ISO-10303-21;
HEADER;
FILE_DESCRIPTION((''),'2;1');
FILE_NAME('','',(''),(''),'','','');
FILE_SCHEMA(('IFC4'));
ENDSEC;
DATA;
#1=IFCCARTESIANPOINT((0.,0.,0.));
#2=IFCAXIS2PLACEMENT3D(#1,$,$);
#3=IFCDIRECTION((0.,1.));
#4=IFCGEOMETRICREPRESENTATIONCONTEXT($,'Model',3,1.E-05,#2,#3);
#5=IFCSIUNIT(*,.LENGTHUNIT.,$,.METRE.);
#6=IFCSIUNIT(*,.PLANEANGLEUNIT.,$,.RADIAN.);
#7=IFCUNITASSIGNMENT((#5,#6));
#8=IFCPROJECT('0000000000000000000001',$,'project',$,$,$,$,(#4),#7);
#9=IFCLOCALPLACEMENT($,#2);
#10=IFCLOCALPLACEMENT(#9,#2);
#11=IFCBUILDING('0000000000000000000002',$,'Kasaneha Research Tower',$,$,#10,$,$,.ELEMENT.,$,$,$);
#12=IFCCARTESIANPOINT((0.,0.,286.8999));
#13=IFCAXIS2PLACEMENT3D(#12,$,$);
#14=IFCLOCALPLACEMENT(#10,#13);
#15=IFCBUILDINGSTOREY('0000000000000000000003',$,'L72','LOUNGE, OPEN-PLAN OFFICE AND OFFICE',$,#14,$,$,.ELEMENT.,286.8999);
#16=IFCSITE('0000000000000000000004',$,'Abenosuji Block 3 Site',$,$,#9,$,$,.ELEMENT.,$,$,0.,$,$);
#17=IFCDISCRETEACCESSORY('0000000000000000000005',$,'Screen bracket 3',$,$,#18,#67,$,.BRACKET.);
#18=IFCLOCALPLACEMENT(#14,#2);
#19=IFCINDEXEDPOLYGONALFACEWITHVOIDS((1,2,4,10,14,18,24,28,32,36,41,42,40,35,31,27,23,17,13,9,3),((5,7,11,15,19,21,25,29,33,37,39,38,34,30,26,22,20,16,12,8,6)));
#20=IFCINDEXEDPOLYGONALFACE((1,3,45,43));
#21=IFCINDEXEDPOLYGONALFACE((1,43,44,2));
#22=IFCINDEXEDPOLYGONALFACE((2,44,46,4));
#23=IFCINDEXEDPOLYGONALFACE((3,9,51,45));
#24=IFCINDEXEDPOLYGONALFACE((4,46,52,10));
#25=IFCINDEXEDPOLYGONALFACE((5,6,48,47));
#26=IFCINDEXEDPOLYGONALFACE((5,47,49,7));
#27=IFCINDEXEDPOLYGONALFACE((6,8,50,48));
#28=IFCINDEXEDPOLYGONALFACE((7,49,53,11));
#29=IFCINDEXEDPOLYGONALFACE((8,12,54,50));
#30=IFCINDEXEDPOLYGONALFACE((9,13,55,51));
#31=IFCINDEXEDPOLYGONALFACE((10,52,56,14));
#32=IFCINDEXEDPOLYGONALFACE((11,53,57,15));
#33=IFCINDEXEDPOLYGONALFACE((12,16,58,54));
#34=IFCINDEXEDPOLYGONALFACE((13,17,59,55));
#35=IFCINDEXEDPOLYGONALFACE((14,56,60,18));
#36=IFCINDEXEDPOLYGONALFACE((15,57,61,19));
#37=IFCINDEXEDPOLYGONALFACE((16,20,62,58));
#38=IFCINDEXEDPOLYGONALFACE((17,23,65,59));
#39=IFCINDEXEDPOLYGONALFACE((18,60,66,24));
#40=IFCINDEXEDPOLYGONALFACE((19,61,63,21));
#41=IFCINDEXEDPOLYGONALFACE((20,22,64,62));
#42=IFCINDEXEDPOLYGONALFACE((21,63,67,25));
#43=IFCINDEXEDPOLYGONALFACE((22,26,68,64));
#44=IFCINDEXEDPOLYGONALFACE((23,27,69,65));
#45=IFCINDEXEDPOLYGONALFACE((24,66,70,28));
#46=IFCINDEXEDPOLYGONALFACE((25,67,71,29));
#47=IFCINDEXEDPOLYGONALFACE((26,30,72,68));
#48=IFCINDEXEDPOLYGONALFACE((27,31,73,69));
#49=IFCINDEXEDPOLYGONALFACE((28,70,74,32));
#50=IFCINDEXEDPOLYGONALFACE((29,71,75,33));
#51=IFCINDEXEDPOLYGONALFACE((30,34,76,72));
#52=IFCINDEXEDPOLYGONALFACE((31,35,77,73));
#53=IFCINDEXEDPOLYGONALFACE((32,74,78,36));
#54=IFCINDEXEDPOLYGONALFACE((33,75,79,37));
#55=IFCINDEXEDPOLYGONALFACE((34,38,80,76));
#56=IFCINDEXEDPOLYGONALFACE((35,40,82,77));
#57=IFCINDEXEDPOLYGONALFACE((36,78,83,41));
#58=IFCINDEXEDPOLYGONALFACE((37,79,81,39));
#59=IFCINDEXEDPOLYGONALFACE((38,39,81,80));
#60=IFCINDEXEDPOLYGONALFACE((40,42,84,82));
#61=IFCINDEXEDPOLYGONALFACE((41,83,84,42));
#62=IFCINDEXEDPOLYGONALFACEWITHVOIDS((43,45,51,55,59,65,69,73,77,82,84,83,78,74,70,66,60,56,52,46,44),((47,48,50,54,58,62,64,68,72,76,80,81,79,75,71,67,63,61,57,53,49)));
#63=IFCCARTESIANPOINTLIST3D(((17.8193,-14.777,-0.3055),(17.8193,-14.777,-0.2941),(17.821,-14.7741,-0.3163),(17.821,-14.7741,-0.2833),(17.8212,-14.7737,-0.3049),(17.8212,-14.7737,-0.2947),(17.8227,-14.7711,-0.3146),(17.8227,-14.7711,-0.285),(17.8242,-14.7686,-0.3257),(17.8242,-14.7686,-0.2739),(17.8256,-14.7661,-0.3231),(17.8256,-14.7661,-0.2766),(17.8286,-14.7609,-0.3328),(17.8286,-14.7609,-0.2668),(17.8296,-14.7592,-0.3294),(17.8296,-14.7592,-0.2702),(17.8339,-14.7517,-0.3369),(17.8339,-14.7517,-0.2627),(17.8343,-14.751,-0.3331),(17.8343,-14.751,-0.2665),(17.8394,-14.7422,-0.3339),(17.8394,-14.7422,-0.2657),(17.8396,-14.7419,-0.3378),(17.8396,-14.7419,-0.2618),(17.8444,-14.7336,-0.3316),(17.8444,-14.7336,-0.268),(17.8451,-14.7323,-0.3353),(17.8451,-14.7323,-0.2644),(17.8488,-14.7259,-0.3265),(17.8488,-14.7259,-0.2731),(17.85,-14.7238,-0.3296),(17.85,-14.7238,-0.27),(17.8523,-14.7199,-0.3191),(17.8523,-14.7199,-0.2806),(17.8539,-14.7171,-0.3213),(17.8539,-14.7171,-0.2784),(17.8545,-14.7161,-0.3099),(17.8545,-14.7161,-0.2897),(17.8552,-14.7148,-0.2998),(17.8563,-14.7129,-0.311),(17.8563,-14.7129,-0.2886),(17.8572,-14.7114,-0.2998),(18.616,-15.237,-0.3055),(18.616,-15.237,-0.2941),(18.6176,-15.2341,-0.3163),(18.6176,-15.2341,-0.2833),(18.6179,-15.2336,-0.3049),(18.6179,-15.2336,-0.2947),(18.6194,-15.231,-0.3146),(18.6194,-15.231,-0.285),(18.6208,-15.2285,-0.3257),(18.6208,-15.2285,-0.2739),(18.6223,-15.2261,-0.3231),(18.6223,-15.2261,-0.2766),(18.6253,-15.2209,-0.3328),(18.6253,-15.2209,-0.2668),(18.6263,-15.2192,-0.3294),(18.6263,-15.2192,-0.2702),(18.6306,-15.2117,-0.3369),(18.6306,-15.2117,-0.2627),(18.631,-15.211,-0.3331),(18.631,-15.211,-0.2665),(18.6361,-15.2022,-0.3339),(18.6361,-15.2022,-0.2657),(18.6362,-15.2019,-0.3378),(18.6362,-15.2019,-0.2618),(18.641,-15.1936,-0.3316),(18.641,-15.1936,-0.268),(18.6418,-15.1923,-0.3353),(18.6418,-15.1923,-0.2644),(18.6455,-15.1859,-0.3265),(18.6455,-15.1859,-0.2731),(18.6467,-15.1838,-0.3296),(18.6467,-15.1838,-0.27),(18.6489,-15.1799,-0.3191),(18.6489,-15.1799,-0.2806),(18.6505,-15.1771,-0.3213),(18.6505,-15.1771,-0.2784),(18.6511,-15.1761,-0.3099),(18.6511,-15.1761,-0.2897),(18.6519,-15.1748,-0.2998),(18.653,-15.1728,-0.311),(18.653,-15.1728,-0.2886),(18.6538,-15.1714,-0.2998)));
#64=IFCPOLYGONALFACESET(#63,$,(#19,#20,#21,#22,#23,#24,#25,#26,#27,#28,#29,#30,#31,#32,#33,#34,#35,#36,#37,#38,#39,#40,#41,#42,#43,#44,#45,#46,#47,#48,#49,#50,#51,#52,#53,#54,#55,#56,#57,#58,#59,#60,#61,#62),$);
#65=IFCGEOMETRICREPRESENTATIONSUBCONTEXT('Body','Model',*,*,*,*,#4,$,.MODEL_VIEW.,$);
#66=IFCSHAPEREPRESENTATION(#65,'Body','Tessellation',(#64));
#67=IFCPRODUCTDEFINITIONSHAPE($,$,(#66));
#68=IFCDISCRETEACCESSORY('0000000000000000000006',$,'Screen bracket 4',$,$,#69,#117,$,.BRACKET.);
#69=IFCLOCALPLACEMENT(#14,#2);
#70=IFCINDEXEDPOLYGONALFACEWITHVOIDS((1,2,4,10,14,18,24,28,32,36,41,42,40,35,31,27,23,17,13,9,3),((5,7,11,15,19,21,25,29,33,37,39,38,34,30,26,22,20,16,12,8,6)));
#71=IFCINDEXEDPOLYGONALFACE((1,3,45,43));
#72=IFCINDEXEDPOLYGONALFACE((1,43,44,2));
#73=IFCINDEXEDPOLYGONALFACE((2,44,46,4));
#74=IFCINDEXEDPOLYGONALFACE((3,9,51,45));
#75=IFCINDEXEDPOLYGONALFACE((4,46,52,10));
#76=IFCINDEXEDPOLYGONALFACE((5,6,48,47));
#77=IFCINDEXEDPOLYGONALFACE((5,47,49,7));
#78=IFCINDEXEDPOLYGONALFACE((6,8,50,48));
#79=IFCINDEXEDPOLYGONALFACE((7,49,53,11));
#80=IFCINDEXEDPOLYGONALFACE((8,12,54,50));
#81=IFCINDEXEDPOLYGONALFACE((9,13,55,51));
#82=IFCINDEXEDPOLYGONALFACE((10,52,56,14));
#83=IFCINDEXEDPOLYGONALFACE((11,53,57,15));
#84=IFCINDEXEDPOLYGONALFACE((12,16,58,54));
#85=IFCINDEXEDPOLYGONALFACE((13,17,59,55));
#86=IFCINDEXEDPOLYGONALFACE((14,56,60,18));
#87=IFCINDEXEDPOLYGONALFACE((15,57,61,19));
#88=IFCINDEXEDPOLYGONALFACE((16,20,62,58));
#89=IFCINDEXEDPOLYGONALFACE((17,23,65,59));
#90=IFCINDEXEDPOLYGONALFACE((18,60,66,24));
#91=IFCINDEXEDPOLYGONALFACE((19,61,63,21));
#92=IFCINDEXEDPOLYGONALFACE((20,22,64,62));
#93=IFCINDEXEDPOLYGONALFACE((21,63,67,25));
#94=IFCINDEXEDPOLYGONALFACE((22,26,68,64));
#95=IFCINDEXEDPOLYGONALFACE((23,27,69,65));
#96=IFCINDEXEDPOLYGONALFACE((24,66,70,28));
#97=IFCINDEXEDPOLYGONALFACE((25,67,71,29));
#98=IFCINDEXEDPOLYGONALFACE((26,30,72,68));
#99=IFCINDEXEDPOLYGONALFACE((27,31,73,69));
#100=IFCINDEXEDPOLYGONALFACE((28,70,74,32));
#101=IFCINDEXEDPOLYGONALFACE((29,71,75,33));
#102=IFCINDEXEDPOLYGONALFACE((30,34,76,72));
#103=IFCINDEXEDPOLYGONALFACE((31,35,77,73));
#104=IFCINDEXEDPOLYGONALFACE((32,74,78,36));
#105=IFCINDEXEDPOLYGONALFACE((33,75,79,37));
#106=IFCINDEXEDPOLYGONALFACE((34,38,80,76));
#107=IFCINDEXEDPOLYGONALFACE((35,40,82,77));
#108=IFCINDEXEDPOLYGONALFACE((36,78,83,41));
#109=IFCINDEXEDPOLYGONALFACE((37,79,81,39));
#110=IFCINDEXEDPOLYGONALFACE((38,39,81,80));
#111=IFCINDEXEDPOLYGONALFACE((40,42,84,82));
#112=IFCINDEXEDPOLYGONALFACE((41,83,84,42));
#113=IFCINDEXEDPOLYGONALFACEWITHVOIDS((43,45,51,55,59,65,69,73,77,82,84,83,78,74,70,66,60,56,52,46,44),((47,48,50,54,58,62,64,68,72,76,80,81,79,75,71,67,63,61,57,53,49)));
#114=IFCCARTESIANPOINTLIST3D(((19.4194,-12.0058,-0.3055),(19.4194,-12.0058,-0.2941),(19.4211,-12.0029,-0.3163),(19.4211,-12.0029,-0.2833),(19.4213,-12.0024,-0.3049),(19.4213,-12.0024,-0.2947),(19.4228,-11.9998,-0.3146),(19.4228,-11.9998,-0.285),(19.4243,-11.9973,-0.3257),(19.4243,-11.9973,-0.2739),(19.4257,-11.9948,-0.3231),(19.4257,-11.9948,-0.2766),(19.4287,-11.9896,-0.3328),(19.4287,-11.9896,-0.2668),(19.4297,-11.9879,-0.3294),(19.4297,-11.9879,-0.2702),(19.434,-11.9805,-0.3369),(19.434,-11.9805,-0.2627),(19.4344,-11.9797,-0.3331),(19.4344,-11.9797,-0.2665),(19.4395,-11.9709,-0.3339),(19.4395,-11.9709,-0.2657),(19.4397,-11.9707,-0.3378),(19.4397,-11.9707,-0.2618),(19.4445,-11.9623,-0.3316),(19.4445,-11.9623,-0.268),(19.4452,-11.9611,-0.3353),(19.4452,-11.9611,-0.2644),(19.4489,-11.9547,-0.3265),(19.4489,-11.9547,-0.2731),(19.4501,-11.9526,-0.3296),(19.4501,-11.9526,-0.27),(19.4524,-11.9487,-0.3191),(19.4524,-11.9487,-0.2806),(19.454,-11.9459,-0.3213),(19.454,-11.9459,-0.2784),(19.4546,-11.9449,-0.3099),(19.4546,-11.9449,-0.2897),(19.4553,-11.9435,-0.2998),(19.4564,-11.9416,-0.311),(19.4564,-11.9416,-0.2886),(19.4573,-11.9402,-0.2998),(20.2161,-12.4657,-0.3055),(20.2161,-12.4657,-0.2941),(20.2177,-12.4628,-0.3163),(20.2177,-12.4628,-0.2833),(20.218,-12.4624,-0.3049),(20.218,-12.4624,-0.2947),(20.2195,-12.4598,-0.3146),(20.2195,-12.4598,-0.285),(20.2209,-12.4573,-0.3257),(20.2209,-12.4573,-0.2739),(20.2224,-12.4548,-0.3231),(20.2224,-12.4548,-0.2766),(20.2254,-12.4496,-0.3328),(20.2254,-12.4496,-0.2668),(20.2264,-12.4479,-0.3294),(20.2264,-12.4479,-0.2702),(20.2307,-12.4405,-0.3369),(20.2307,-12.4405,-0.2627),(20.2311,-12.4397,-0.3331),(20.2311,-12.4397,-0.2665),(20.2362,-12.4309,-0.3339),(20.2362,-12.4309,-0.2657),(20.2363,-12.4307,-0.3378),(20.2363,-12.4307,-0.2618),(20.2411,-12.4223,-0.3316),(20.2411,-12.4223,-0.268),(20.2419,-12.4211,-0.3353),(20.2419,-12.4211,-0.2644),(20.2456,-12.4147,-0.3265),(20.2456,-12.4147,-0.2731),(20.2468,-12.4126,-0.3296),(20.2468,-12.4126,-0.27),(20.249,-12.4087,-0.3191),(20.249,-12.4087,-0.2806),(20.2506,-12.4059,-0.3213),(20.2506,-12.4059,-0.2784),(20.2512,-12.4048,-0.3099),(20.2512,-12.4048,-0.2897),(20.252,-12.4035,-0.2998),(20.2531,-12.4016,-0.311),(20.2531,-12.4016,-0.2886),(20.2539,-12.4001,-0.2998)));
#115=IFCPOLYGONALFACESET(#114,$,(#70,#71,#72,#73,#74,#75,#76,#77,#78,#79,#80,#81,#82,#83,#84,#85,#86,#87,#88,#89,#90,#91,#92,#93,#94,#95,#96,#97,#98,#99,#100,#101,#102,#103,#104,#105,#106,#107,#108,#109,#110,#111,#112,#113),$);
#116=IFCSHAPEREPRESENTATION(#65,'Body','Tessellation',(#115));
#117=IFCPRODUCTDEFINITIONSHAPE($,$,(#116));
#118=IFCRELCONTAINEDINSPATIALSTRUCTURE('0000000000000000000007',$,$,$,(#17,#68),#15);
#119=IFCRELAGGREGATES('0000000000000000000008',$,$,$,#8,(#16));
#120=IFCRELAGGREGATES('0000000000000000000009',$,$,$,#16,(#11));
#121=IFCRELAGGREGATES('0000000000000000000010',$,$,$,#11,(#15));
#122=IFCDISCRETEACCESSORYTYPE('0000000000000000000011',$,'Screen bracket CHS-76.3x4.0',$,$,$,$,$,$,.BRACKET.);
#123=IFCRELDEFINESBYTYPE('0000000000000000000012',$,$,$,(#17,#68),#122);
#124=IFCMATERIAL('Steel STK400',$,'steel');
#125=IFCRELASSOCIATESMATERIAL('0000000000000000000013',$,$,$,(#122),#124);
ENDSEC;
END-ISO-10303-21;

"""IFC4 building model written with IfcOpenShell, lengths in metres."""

from ifc_helpers import new_model, si_unit, direction, frame, origin, origin_2d, place, context, subcontext, project, spatial, hollow_circle, extrude, material, material_profile, profile_set, type_object, element, save


model = new_model("IFC4")

# Units and contexts
model_context = context("Model", 3, precision=1e-05, world=origin(), true_north=direction((0.0, 1.0)))
body_context = subcontext(model_context, "Body", "Model", "MODEL_VIEW")
ifc_project = project(units=[si_unit("LENGTHUNIT", "METRE"), si_unit("PLANEANGLEUNIT", "RADIAN")], contexts=[model_context])

# Site, building, storey
site_placement = place(None, origin())
site = spatial("IfcSite", under=ifc_project, at=site_placement, Name="Abenosuji Block 3 Site", CompositionType="ELEMENT", RefElevation=0.0)
building_placement = place(site_placement, origin())
building = spatial("IfcBuilding", under=site, at=building_placement, Name="Kasaneha Research Tower", CompositionType="ELEMENT")
storey_placement = place(building_placement, frame((0.0, 0.0, 286.8999)))
storey = spatial("IfcBuildingStorey", under=building, at=storey_placement, Name="L72", Description="LOUNGE, OPEN-PLAN OFFICE AND OFFICE", CompositionType="ELEMENT", Elevation=286.8999)

# Discrete accessories
ifc_material_1 = material(Name="Steel STK400", Category="steel")
ifc_material_profile_1 = material_profile(ifc_material_1, hollow_circle(Radius=0.0381, WallThickness=0.0039, at=origin_2d()), Name="CHS-76.3x4.0")
ifc_profile_set_1 = profile_set([ifc_material_profile_1], Name="Steel STK400")
discrete_accessory_type = type_object("IfcDiscreteAccessoryType", Name="Screen bracket CHS-76.3x4.0", PredefinedType="BRACKET", material=ifc_profile_set_1)
for number, where, z_axis, x_axis, name in (
    (1, (17.8381, -14.7444, -0.2998), (0.866013, -0.500021, 0.0), (0.500021, 0.866013, 0.0), "Screen bracket 3"),
    (2, (19.4382, -11.9731, -0.2998), (0.866013, -0.500021, 0.0), (0.500021, 0.866013, 0.0), "Screen bracket 4"),
):
    element("IfcDiscreteAccessory", number, at=place(storey_placement, frame(where, z_axis=z_axis, x_axis=x_axis)), inside=storey, type_object=discrete_accessory_type, Name=name, PredefinedType="BRACKET", context=body_context, shape_type="SweptSolid", body=[
        extrude(hollow_circle(Radius=0.0381, WallThickness=0.0039, at=origin_2d()), origin(), (0.0, 0.0, 1.0), 0.9199),
    ])

save(model, "model.ifc")
